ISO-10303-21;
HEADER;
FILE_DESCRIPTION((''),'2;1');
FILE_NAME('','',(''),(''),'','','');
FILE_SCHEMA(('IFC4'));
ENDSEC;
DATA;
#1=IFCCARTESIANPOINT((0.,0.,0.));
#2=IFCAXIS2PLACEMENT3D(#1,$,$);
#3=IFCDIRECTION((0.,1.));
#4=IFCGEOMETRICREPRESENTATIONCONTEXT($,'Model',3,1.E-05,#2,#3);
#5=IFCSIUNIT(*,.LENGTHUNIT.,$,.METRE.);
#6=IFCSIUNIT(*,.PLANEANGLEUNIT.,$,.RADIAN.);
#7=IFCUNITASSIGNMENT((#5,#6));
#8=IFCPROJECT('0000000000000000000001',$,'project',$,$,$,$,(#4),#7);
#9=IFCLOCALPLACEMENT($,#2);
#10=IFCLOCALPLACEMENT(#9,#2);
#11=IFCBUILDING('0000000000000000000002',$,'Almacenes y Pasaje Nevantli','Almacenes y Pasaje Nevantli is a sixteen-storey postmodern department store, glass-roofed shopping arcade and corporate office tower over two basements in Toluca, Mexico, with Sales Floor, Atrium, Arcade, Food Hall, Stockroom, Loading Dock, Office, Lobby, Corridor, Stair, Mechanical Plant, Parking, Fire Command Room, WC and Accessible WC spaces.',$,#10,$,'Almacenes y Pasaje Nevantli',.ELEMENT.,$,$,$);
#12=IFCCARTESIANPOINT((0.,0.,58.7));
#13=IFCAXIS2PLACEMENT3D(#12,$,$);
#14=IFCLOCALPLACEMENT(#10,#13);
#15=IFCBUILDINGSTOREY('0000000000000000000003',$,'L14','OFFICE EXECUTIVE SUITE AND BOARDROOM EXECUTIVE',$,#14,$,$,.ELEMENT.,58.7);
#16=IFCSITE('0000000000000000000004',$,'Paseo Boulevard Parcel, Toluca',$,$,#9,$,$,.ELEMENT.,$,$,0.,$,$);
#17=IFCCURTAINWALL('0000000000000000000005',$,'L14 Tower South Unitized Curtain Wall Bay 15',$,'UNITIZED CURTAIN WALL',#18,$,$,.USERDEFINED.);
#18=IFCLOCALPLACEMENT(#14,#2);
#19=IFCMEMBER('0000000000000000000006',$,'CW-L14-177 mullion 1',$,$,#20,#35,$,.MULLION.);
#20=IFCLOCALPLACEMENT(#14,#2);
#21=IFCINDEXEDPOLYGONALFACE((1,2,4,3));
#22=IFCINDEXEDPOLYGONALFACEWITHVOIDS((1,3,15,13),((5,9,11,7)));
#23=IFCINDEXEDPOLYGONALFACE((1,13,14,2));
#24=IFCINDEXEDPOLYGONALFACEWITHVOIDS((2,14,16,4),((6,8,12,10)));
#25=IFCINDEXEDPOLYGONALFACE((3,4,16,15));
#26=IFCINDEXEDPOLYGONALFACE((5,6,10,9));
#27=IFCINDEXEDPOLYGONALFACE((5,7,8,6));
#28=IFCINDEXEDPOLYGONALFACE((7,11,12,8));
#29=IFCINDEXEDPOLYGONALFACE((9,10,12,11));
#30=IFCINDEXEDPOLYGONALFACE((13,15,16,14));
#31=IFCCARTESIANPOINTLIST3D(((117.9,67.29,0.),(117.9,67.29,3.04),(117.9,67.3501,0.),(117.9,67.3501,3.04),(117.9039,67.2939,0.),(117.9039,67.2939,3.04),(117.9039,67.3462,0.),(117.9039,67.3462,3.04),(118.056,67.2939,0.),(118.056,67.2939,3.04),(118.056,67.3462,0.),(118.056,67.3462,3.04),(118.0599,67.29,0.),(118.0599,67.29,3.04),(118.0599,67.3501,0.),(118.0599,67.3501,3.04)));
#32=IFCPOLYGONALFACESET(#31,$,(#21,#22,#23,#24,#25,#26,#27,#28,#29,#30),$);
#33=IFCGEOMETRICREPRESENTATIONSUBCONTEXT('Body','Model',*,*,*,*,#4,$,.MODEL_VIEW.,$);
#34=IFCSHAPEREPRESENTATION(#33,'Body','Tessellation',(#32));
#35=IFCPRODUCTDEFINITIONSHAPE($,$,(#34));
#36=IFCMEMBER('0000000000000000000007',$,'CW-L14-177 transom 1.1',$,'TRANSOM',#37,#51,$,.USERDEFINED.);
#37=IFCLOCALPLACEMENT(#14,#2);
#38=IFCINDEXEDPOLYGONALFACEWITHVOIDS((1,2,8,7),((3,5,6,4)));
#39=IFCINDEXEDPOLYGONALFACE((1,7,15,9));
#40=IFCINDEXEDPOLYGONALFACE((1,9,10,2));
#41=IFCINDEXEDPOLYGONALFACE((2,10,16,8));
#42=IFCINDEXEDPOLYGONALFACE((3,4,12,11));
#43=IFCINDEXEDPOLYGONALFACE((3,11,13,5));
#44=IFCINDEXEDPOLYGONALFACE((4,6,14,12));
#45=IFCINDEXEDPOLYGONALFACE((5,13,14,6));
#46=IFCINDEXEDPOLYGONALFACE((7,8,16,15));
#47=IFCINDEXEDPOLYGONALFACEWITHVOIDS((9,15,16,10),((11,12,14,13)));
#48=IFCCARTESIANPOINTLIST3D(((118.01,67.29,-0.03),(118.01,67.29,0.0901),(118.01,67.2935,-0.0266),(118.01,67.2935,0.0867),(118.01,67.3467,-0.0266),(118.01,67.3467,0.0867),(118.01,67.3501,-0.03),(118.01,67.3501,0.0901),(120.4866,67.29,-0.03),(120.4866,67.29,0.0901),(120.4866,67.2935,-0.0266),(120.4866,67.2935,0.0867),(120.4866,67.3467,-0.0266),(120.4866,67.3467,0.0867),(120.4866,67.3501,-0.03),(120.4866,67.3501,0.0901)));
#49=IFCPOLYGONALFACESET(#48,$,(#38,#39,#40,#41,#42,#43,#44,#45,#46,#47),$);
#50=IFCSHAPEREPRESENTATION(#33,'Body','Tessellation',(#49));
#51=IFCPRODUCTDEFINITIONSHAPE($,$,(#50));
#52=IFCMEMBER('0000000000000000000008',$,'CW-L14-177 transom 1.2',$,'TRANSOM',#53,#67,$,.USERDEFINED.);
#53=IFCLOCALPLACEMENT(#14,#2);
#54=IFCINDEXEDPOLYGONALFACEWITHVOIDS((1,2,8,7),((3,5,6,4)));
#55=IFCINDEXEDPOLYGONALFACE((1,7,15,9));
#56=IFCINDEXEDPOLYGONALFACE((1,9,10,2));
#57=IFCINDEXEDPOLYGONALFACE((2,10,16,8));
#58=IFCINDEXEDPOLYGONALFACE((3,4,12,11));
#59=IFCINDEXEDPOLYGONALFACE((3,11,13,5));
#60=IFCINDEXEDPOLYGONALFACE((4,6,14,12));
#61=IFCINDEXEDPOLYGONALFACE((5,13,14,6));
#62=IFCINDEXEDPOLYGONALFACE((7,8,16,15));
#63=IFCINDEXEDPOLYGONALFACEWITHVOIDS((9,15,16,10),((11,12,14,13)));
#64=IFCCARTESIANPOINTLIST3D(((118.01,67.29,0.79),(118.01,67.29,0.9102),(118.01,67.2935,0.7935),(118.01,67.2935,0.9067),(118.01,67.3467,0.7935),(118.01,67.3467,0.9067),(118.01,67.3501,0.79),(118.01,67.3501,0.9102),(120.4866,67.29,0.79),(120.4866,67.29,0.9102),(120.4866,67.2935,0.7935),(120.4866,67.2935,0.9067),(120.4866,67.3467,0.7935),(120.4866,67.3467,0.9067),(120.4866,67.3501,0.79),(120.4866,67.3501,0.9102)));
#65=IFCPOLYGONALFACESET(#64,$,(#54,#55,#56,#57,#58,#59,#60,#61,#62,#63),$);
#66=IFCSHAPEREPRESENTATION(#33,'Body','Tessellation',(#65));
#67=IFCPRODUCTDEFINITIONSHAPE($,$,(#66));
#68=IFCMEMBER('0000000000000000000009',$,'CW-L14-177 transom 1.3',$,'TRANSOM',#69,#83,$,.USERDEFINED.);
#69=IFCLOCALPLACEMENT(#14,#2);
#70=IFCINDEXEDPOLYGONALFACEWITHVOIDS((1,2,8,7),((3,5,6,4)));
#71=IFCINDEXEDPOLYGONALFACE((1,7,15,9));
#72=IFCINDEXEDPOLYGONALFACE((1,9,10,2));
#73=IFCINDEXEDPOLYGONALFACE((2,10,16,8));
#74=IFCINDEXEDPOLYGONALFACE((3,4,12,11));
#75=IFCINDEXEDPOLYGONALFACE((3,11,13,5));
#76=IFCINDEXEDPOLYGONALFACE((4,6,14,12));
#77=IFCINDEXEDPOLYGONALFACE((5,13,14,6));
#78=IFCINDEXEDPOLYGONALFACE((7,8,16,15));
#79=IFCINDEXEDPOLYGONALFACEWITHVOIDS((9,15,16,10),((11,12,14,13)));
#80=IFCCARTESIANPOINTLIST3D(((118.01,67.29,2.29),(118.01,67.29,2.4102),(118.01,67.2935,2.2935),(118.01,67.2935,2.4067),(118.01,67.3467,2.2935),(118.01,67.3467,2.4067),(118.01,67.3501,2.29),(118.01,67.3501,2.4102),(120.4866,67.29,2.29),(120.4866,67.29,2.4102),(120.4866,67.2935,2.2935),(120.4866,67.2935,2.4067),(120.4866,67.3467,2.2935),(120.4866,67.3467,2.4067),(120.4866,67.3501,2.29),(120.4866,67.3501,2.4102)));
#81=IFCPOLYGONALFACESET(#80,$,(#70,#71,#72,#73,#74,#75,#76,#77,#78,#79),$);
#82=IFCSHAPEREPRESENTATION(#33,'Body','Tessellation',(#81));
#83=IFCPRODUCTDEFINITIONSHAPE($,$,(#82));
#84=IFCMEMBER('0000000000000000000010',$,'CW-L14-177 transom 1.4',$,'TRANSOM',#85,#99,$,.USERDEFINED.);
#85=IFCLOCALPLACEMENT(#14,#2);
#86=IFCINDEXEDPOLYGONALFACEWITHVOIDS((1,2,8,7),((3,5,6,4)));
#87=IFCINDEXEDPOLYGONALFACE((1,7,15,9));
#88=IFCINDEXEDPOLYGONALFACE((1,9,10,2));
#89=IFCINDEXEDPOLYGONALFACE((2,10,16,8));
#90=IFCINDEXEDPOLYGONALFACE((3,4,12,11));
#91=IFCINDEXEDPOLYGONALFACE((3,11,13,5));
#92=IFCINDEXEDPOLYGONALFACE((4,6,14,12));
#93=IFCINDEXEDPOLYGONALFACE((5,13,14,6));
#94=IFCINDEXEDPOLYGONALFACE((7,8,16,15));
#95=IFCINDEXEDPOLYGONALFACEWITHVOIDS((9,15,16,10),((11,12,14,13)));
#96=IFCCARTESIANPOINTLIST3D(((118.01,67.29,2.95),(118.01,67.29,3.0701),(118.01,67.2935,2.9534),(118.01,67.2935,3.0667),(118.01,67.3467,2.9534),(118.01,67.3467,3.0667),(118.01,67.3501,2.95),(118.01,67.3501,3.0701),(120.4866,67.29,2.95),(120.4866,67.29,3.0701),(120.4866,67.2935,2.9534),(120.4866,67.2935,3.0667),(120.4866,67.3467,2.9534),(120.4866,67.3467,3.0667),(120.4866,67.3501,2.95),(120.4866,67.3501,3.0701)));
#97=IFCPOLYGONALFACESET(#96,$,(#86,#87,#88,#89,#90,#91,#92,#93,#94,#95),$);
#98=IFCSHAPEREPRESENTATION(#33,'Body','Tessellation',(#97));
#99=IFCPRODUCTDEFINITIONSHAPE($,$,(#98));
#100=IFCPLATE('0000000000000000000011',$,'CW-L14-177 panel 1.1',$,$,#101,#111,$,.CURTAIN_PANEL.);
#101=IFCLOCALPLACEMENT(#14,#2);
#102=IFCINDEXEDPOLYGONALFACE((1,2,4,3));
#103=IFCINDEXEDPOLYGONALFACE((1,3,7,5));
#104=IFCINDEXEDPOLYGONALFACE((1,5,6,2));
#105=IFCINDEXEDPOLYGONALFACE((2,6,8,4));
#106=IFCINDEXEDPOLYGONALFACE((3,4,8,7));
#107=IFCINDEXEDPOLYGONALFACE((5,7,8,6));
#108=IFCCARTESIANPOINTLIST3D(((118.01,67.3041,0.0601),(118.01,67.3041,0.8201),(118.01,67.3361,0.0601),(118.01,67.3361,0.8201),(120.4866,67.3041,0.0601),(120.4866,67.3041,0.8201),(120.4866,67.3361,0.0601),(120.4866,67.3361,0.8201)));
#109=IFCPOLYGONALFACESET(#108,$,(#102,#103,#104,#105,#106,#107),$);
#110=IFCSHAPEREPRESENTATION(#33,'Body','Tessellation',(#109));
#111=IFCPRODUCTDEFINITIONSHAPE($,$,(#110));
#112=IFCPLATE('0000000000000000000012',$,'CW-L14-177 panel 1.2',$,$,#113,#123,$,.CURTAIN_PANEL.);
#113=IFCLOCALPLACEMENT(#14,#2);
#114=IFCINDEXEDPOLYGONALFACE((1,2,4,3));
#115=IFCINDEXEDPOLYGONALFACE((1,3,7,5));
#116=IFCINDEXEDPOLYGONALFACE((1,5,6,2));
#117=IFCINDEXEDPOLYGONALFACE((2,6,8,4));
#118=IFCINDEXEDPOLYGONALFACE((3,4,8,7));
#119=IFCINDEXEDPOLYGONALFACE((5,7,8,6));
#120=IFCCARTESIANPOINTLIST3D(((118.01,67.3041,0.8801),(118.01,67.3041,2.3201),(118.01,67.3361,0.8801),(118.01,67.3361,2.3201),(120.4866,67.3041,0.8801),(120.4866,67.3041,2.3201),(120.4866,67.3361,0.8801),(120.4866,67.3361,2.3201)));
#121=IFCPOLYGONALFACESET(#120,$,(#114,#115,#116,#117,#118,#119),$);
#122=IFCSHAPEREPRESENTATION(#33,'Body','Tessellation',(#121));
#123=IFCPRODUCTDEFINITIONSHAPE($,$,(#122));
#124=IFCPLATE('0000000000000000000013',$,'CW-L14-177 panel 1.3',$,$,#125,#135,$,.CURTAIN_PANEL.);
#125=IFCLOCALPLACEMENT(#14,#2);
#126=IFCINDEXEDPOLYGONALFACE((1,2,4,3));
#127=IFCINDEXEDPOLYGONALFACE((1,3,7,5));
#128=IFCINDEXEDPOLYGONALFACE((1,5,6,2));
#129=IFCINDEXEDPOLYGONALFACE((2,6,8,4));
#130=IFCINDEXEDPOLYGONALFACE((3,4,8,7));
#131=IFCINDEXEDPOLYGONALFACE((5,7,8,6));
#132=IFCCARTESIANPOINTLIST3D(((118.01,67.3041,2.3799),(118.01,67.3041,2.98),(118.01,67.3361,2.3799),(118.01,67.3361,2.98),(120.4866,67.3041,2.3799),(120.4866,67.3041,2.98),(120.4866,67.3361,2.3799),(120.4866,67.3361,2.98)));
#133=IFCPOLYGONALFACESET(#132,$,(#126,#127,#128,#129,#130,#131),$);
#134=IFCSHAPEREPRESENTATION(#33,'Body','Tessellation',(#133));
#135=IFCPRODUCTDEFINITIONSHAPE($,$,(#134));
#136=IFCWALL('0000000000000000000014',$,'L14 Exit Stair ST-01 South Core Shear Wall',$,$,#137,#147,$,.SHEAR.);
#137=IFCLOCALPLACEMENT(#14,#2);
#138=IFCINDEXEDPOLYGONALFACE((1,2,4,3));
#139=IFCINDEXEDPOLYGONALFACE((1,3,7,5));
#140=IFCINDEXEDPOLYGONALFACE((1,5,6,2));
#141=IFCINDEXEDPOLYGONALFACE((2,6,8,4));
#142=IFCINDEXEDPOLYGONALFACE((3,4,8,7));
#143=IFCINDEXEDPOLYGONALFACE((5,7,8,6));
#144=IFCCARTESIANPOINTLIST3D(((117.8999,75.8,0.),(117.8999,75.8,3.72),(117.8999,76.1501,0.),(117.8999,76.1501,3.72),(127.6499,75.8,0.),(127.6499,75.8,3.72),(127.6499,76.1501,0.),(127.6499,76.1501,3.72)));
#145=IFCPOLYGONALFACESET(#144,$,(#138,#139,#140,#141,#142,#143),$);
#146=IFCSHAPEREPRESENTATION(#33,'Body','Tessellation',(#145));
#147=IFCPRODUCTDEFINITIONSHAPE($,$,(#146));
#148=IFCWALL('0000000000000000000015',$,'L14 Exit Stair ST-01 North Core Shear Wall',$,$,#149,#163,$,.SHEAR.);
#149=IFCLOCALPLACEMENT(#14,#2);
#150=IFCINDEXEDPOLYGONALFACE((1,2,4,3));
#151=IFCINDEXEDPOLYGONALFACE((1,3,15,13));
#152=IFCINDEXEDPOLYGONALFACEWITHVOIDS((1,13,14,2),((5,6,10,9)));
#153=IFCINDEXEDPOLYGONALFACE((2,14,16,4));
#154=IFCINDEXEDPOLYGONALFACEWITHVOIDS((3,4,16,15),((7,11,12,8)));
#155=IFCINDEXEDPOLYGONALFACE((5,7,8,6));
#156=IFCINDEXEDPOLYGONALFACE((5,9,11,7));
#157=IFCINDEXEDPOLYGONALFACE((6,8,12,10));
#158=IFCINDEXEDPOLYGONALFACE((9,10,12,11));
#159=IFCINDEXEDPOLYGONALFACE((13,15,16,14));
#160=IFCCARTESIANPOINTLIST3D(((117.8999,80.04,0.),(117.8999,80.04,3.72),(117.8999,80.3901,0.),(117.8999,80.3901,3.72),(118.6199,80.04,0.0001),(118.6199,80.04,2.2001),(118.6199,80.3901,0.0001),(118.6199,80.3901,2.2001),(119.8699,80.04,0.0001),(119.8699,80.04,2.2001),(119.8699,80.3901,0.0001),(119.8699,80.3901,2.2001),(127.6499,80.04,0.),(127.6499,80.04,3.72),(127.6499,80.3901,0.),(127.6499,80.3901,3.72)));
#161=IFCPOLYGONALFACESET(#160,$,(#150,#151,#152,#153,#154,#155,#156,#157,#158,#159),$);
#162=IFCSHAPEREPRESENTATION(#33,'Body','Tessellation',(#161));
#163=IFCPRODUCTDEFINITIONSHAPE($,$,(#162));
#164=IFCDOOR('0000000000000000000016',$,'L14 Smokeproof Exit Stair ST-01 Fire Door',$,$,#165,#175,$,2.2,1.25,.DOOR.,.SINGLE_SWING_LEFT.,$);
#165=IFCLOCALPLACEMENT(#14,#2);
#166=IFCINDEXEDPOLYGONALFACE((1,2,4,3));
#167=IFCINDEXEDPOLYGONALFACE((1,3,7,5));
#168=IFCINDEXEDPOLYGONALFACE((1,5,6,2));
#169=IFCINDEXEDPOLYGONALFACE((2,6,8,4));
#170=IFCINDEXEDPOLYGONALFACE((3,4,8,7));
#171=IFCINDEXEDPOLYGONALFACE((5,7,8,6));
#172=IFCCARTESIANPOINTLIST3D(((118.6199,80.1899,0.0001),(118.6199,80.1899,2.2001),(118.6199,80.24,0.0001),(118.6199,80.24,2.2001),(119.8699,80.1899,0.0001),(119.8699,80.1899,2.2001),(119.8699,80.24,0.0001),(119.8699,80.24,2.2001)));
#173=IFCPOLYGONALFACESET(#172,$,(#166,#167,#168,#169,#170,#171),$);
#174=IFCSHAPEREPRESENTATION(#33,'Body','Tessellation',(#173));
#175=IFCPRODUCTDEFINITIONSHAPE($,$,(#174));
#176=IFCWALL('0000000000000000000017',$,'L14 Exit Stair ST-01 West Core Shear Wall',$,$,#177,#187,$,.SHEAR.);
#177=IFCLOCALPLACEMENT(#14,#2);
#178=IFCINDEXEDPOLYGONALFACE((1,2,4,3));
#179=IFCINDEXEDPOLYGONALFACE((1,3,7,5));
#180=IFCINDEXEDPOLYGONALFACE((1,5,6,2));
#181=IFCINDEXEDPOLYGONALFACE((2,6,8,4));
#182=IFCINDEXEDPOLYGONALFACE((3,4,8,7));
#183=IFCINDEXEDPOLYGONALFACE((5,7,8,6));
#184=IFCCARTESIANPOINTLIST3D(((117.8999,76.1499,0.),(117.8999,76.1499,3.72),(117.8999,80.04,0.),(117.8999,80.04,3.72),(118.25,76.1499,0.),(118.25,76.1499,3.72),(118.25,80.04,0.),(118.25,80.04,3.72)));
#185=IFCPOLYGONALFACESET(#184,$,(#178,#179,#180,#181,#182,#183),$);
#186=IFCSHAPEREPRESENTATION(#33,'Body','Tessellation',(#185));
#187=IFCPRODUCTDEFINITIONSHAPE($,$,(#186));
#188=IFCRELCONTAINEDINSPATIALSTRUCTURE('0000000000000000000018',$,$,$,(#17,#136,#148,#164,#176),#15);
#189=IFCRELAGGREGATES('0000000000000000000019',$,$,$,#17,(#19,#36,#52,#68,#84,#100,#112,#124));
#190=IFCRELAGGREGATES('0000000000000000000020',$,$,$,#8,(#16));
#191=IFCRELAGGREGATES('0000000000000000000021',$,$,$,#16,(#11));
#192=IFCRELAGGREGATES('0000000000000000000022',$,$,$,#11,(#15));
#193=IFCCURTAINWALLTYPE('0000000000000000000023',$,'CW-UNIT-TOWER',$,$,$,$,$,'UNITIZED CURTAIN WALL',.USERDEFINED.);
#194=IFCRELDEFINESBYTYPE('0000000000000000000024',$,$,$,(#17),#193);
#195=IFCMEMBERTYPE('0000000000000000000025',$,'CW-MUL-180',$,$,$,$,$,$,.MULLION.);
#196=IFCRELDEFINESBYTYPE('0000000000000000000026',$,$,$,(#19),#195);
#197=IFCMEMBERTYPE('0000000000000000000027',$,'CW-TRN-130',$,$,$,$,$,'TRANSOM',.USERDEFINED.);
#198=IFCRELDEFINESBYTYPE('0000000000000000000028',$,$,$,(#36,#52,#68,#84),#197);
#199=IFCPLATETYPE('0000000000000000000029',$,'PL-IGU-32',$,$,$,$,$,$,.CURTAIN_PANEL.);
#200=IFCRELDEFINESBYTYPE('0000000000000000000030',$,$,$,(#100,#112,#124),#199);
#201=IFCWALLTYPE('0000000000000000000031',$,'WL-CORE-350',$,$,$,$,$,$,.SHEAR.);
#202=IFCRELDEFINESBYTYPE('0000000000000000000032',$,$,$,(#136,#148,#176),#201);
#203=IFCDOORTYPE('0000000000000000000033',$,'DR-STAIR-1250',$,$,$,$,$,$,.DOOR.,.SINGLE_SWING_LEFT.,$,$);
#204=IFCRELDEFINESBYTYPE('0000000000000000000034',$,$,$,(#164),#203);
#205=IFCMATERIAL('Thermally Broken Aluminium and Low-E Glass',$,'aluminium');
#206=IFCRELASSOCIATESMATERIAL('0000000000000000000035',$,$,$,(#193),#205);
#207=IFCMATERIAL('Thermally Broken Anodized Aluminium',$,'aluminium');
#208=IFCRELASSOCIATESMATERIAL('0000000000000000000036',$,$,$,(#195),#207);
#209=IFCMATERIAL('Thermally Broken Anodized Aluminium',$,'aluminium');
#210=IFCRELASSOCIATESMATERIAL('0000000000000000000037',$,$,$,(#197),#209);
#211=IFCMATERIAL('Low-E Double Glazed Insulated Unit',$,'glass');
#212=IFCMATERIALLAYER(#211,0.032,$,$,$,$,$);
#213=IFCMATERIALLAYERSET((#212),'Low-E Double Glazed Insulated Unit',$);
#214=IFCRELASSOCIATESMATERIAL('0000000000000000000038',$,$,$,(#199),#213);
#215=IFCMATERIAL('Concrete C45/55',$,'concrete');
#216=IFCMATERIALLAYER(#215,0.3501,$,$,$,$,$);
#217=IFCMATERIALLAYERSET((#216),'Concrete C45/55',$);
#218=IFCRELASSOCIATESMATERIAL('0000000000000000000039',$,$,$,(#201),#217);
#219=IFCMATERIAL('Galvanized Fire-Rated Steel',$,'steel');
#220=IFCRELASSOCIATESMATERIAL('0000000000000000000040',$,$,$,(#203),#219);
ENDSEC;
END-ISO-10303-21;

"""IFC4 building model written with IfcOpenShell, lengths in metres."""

from ifc_helpers import new_model, si_unit, direction, frame, frame_2d, origin, origin_2d, place, context, subcontext, project, spatial, rectangle, hollow_rectangle, extrude, material, layer, layer_set, material_profile, profile_set, type_object, element, fill, aggregate, save


model = new_model("IFC4")

# Units and contexts
model_context = context("Model", 3, precision=1e-05, world=origin(), true_north=direction((0.0, 1.0)))
body_context = subcontext(model_context, "Body", "Model", "MODEL_VIEW")
ifc_project = project(units=[si_unit("LENGTHUNIT", "METRE"), si_unit("PLANEANGLEUNIT", "RADIAN")], contexts=[model_context])

# Site, building, storey
site_placement = place(None, origin())
site = spatial("IfcSite", under=ifc_project, at=site_placement, Name="Paseo Boulevard Parcel, Toluca", CompositionType="ELEMENT", RefElevation=0.0)
building_placement = place(site_placement, origin())
building = spatial("IfcBuilding", under=site, at=building_placement, Name="Almacenes y Pasaje Nevantli", Description="Almacenes y Pasaje Nevantli is a sixteen-storey postmodern department store, glass-roofed shopping arcade and corporate office tower over two basements in Toluca, Mexico, with Sales Floor, Atrium, Arcade, Food Hall, Stockroom, Loading Dock, Office, Lobby, Corridor, Stair, Mechanical Plant, Parking, Fire Command Room, WC and Accessible WC spaces.", LongName="Almacenes y Pasaje Nevantli", CompositionType="ELEMENT")
storey_placement = place(building_placement, frame((0.0, 0.0, 58.7)))
storey = spatial("IfcBuildingStorey", under=building, at=storey_placement, Name="L14", Description="OFFICE EXECUTIVE SUITE AND BOARDROOM EXECUTIVE", CompositionType="ELEMENT", Elevation=58.7)

# Curtain wall, members, plates
ifc_material_1 = material(Name="Thermally Broken Aluminium and Low-E Glass", Category="aluminium")
curtain_wall_type = type_object("IfcCurtainWallType", Name="CW-UNIT-TOWER", ElementType="UNITIZED CURTAIN WALL", PredefinedType="USERDEFINED", material=ifc_material_1)
curtain_wall_placement = place(storey_placement, origin())
curtain_wall = element("IfcCurtainWall", 1, at=curtain_wall_placement, inside=storey, type_object=curtain_wall_type, Name="L14 Tower South Unitized Curtain Wall Bay 15", ObjectType="UNITIZED CURTAIN WALL", PredefinedType="USERDEFINED")
ifc_material_2 = material(Name="Thermally Broken Anodized Aluminium", Category="aluminium")
ifc_material_profile_1 = material_profile(ifc_material_2, hollow_rectangle(XDim=0.0601, YDim=0.1599, WallThickness=0.0039, at=origin_2d()), Name="ALU-MUL-60x160")
ifc_profile_set_1 = profile_set([ifc_material_profile_1], Name="Thermally Broken Anodized Aluminium")
member_type_1 = type_object("IfcMemberType", Name="CW-MUL-180", PredefinedType="MULLION", material=ifc_profile_set_1)
member_1_placement = place(storey_placement, frame((117.98, 67.3201, 0.0), z_axis=(0.0, 0.0, 1.0), x_axis=(0.0, 1.0, 0.0)))
member_1 = element("IfcMember", 2, at=member_1_placement, type_object=member_type_1, Name="CW-L14-177 mullion 1", PredefinedType="MULLION", context=body_context, shape_type="SweptSolid", body=[
    extrude(hollow_rectangle(XDim=0.0601, YDim=0.1599, WallThickness=0.0039, at=origin_2d()), origin(), (0.0, 0.0, 1.0), 3.04),
])
ifc_material_3 = material(Name="Thermally Broken Anodized Aluminium", Category="aluminium")
ifc_material_profile_2 = material_profile(ifc_material_3, hollow_rectangle(XDim=0.0601, YDim=0.1201, WallThickness=0.0034, at=origin_2d()), Name="ALU-TRN-60x120")
ifc_profile_set_2 = profile_set([ifc_material_profile_2], Name="Thermally Broken Anodized Aluminium")
member_type_2 = type_object("IfcMemberType", Name="CW-TRN-130", ElementType="TRANSOM", PredefinedType="USERDEFINED", material=ifc_profile_set_2)
member_2_placement = place(storey_placement, frame((118.01, 67.3201, 0.03), z_axis=(1.0, 0.0, 0.0), x_axis=(0.0, 1.0, 0.0)))
member_2 = element("IfcMember", 3, at=member_2_placement, type_object=member_type_2, Name="CW-L14-177 transom 1.1", ObjectType="TRANSOM", PredefinedType="USERDEFINED", context=body_context, shape_type="SweptSolid", body=[
    extrude(hollow_rectangle(XDim=0.0601, YDim=0.1201, WallThickness=0.0034, at=origin_2d()), origin(), (0.0, 0.0, 1.0), 2.4766),
])
member_3_placement = place(storey_placement, frame((118.01, 67.3201, 0.8501), z_axis=(1.0, 0.0, 0.0), x_axis=(0.0, 1.0, 0.0)))
member_3 = element("IfcMember", 4, at=member_3_placement, type_object=member_type_2, Name="CW-L14-177 transom 1.2", ObjectType="TRANSOM", PredefinedType="USERDEFINED", context=body_context, shape_type="SweptSolid", body=[
    extrude(hollow_rectangle(XDim=0.0601, YDim=0.1201, WallThickness=0.0034, at=origin_2d()), origin(), (0.0, 0.0, 1.0), 2.4766),
])
member_4_placement = place(storey_placement, frame((118.01, 67.3201, 2.3501), z_axis=(1.0, 0.0, 0.0), x_axis=(0.0, 1.0, 0.0)))
member_4 = element("IfcMember", 5, at=member_4_placement, type_object=member_type_2, Name="CW-L14-177 transom 1.3", ObjectType="TRANSOM", PredefinedType="USERDEFINED", context=body_context, shape_type="SweptSolid", body=[
    extrude(hollow_rectangle(XDim=0.0601, YDim=0.1201, WallThickness=0.0034, at=origin_2d()), origin(), (0.0, 0.0, 1.0), 2.4766),
])
member_5_placement = place(storey_placement, frame((118.01, 67.3201, 3.01), z_axis=(1.0, 0.0, 0.0), x_axis=(0.0, 1.0, 0.0)))
member_5 = element("IfcMember", 6, at=member_5_placement, type_object=member_type_2, Name="CW-L14-177 transom 1.4", ObjectType="TRANSOM", PredefinedType="USERDEFINED", context=body_context, shape_type="SweptSolid", body=[
    extrude(hollow_rectangle(XDim=0.0601, YDim=0.1201, WallThickness=0.0034, at=origin_2d()), origin(), (0.0, 0.0, 1.0), 2.4766),
])
ifc_material_4 = material(Name="Low-E Double Glazed Insulated Unit", Category="glass")
ifc_layer_1 = layer(ifc_material_4, 0.032)
ifc_layer_set_1 = layer_set([ifc_layer_1], Name="Low-E Double Glazed Insulated Unit")
plate_type = type_object("IfcPlateType", Name="PL-IGU-32", PredefinedType="CURTAIN_PANEL", material=ifc_layer_set_1)
plate_1_placement = place(storey_placement, frame((119.2483, 67.3201, 0.0601), z_axis=(0.0, 0.0, 1.0), x_axis=(1.0, 0.0, 0.0)))
plate_1 = element("IfcPlate", 7, at=plate_1_placement, type_object=plate_type, Name="CW-L14-177 panel 1.1", PredefinedType="CURTAIN_PANEL", context=body_context, shape_type="SweptSolid", body=[
    extrude(rectangle(XDim=2.4766, YDim=0.032, at=origin_2d()), origin(), (0.0, 0.0, 1.0), 0.76),
])
plate_2_placement = place(storey_placement, frame((119.2483, 67.3201, 0.8801), z_axis=(0.0, 0.0, 1.0), x_axis=(1.0, 0.0, 0.0)))
plate_2 = element("IfcPlate", 8, at=plate_2_placement, type_object=plate_type, Name="CW-L14-177 panel 1.2", PredefinedType="CURTAIN_PANEL", context=body_context, shape_type="SweptSolid", body=[
    extrude(rectangle(XDim=2.4766, YDim=0.032, at=origin_2d()), origin(), (0.0, 0.0, 1.0), 1.4399),
])
plate_3_placement = place(storey_placement, frame((119.2483, 67.3201, 2.3799), z_axis=(0.0, 0.0, 1.0), x_axis=(1.0, 0.0, 0.0)))
plate_3 = element("IfcPlate", 9, at=plate_3_placement, type_object=plate_type, Name="CW-L14-177 panel 1.3", PredefinedType="CURTAIN_PANEL", context=body_context, shape_type="SweptSolid", body=[
    extrude(rectangle(XDim=2.4766, YDim=0.032, at=origin_2d()), origin(), (0.0, 0.0, 1.0), 0.6001),
])
aggregate(curtain_wall, [member_1, member_2, member_3, member_4, member_5, plate_1, plate_2, plate_3])

# Wall
ifc_material_5 = material(Name="Concrete C45/55", Category="concrete")
ifc_layer_2 = layer(ifc_material_5, 0.3501)
ifc_layer_set_2 = layer_set([ifc_layer_2], Name="Concrete C45/55")
wall_type_1 = type_object("IfcWallType", Name="WL-CORE-350", PredefinedType="SHEAR", material=ifc_layer_set_2)
wall_1_placement = place(storey_placement, frame((117.8999, 75.9751, 0.0), z_axis=(0.0, 0.0, 1.0), x_axis=(1.0, 0.0, 0.0)))
element("IfcWall", 10, at=wall_1_placement, inside=storey, type_object=wall_type_1, Name="L14 Exit Stair ST-01 South Core Shear Wall", PredefinedType="SHEAR", context=body_context, shape_type="SweptSolid", body=[
    extrude(rectangle(XDim=9.75, YDim=0.3501, at=frame_2d((4.875, 0.0))), origin(), (0.0, 0.0, 1.0), 3.72),
])

# Wall, opening, door
wall_2_placement = place(storey_placement, frame((117.8999, 80.2151, 0.0), z_axis=(0.0, 0.0, 1.0), x_axis=(1.0, 0.0, 0.0)))
wall_2 = element("IfcWall", 11, at=wall_2_placement, inside=storey, type_object=wall_type_1, Name="L14 Exit Stair ST-01 North Core Shear Wall", PredefinedType="SHEAR", context=body_context, shape_type="SweptSolid", body=[
    extrude(rectangle(XDim=9.75, YDim=0.3501, at=frame_2d((4.875, 0.0))), origin(), (0.0, 0.0, 1.0), 3.72),
])
opening_1_placement = place(wall_2_placement, frame((0.72, 0.0, 0.0)))
opening_1 = element("IfcOpeningElement", 12, at=opening_1_placement, cuts=wall_2, PredefinedType="OPENING", context=body_context, shape_type="SweptSolid", body=[
    extrude(rectangle(XDim=1.25, YDim=2.2, at=frame_2d((0.625, 1.1001))), frame((0.0, 0.1851, 0.0), z_axis=(0.0, -1.0, 0.0), x_axis=(1.0, 0.0, 0.0)), (0.0, 0.0, 1.0), 0.3701),
])
ifc_material_6 = material(Name="Galvanized Fire-Rated Steel", Category="steel")
door_type_1 = type_object("IfcDoorType", Name="DR-STAIR-1250", OperationType="SINGLE_SWING_LEFT", PredefinedType="DOOR", material=ifc_material_6)
door_1_placement = place(opening_1_placement, origin())
door_1 = element("IfcDoor", 13, at=door_1_placement, inside=storey, type_object=door_type_1, Name="L14 Smokeproof Exit Stair ST-01 Fire Door", OperationType="SINGLE_SWING_LEFT", OverallHeight=2.2, OverallWidth=1.25, PredefinedType="DOOR", context=body_context, shape_type="SweptSolid", body=[
    extrude(rectangle(XDim=1.25, YDim=2.2, at=frame_2d((0.625, 1.1001))), frame((0.0, 0.0249, 0.0), z_axis=(0.0, -1.0, 0.0), x_axis=(1.0, 0.0, 0.0)), (0.0, 0.0, 1.0), 0.05),
])
fill(opening_1, door_1)

# Wall
wall_3_placement = place(storey_placement, frame((118.075, 76.1499, 0.0), z_axis=(0.0, 0.0, 1.0), x_axis=(0.0, 1.0, 0.0)))
element("IfcWall", 14, at=wall_3_placement, inside=storey, type_object=wall_type_1, Name="L14 Exit Stair ST-01 West Core Shear Wall", PredefinedType="SHEAR", context=body_context, shape_type="SweptSolid", body=[
    extrude(rectangle(XDim=3.8901, YDim=0.3501, at=frame_2d((1.9451, 0.0))), origin(), (0.0, 0.0, 1.0), 3.72),
])

save(model, "model.ifc")
